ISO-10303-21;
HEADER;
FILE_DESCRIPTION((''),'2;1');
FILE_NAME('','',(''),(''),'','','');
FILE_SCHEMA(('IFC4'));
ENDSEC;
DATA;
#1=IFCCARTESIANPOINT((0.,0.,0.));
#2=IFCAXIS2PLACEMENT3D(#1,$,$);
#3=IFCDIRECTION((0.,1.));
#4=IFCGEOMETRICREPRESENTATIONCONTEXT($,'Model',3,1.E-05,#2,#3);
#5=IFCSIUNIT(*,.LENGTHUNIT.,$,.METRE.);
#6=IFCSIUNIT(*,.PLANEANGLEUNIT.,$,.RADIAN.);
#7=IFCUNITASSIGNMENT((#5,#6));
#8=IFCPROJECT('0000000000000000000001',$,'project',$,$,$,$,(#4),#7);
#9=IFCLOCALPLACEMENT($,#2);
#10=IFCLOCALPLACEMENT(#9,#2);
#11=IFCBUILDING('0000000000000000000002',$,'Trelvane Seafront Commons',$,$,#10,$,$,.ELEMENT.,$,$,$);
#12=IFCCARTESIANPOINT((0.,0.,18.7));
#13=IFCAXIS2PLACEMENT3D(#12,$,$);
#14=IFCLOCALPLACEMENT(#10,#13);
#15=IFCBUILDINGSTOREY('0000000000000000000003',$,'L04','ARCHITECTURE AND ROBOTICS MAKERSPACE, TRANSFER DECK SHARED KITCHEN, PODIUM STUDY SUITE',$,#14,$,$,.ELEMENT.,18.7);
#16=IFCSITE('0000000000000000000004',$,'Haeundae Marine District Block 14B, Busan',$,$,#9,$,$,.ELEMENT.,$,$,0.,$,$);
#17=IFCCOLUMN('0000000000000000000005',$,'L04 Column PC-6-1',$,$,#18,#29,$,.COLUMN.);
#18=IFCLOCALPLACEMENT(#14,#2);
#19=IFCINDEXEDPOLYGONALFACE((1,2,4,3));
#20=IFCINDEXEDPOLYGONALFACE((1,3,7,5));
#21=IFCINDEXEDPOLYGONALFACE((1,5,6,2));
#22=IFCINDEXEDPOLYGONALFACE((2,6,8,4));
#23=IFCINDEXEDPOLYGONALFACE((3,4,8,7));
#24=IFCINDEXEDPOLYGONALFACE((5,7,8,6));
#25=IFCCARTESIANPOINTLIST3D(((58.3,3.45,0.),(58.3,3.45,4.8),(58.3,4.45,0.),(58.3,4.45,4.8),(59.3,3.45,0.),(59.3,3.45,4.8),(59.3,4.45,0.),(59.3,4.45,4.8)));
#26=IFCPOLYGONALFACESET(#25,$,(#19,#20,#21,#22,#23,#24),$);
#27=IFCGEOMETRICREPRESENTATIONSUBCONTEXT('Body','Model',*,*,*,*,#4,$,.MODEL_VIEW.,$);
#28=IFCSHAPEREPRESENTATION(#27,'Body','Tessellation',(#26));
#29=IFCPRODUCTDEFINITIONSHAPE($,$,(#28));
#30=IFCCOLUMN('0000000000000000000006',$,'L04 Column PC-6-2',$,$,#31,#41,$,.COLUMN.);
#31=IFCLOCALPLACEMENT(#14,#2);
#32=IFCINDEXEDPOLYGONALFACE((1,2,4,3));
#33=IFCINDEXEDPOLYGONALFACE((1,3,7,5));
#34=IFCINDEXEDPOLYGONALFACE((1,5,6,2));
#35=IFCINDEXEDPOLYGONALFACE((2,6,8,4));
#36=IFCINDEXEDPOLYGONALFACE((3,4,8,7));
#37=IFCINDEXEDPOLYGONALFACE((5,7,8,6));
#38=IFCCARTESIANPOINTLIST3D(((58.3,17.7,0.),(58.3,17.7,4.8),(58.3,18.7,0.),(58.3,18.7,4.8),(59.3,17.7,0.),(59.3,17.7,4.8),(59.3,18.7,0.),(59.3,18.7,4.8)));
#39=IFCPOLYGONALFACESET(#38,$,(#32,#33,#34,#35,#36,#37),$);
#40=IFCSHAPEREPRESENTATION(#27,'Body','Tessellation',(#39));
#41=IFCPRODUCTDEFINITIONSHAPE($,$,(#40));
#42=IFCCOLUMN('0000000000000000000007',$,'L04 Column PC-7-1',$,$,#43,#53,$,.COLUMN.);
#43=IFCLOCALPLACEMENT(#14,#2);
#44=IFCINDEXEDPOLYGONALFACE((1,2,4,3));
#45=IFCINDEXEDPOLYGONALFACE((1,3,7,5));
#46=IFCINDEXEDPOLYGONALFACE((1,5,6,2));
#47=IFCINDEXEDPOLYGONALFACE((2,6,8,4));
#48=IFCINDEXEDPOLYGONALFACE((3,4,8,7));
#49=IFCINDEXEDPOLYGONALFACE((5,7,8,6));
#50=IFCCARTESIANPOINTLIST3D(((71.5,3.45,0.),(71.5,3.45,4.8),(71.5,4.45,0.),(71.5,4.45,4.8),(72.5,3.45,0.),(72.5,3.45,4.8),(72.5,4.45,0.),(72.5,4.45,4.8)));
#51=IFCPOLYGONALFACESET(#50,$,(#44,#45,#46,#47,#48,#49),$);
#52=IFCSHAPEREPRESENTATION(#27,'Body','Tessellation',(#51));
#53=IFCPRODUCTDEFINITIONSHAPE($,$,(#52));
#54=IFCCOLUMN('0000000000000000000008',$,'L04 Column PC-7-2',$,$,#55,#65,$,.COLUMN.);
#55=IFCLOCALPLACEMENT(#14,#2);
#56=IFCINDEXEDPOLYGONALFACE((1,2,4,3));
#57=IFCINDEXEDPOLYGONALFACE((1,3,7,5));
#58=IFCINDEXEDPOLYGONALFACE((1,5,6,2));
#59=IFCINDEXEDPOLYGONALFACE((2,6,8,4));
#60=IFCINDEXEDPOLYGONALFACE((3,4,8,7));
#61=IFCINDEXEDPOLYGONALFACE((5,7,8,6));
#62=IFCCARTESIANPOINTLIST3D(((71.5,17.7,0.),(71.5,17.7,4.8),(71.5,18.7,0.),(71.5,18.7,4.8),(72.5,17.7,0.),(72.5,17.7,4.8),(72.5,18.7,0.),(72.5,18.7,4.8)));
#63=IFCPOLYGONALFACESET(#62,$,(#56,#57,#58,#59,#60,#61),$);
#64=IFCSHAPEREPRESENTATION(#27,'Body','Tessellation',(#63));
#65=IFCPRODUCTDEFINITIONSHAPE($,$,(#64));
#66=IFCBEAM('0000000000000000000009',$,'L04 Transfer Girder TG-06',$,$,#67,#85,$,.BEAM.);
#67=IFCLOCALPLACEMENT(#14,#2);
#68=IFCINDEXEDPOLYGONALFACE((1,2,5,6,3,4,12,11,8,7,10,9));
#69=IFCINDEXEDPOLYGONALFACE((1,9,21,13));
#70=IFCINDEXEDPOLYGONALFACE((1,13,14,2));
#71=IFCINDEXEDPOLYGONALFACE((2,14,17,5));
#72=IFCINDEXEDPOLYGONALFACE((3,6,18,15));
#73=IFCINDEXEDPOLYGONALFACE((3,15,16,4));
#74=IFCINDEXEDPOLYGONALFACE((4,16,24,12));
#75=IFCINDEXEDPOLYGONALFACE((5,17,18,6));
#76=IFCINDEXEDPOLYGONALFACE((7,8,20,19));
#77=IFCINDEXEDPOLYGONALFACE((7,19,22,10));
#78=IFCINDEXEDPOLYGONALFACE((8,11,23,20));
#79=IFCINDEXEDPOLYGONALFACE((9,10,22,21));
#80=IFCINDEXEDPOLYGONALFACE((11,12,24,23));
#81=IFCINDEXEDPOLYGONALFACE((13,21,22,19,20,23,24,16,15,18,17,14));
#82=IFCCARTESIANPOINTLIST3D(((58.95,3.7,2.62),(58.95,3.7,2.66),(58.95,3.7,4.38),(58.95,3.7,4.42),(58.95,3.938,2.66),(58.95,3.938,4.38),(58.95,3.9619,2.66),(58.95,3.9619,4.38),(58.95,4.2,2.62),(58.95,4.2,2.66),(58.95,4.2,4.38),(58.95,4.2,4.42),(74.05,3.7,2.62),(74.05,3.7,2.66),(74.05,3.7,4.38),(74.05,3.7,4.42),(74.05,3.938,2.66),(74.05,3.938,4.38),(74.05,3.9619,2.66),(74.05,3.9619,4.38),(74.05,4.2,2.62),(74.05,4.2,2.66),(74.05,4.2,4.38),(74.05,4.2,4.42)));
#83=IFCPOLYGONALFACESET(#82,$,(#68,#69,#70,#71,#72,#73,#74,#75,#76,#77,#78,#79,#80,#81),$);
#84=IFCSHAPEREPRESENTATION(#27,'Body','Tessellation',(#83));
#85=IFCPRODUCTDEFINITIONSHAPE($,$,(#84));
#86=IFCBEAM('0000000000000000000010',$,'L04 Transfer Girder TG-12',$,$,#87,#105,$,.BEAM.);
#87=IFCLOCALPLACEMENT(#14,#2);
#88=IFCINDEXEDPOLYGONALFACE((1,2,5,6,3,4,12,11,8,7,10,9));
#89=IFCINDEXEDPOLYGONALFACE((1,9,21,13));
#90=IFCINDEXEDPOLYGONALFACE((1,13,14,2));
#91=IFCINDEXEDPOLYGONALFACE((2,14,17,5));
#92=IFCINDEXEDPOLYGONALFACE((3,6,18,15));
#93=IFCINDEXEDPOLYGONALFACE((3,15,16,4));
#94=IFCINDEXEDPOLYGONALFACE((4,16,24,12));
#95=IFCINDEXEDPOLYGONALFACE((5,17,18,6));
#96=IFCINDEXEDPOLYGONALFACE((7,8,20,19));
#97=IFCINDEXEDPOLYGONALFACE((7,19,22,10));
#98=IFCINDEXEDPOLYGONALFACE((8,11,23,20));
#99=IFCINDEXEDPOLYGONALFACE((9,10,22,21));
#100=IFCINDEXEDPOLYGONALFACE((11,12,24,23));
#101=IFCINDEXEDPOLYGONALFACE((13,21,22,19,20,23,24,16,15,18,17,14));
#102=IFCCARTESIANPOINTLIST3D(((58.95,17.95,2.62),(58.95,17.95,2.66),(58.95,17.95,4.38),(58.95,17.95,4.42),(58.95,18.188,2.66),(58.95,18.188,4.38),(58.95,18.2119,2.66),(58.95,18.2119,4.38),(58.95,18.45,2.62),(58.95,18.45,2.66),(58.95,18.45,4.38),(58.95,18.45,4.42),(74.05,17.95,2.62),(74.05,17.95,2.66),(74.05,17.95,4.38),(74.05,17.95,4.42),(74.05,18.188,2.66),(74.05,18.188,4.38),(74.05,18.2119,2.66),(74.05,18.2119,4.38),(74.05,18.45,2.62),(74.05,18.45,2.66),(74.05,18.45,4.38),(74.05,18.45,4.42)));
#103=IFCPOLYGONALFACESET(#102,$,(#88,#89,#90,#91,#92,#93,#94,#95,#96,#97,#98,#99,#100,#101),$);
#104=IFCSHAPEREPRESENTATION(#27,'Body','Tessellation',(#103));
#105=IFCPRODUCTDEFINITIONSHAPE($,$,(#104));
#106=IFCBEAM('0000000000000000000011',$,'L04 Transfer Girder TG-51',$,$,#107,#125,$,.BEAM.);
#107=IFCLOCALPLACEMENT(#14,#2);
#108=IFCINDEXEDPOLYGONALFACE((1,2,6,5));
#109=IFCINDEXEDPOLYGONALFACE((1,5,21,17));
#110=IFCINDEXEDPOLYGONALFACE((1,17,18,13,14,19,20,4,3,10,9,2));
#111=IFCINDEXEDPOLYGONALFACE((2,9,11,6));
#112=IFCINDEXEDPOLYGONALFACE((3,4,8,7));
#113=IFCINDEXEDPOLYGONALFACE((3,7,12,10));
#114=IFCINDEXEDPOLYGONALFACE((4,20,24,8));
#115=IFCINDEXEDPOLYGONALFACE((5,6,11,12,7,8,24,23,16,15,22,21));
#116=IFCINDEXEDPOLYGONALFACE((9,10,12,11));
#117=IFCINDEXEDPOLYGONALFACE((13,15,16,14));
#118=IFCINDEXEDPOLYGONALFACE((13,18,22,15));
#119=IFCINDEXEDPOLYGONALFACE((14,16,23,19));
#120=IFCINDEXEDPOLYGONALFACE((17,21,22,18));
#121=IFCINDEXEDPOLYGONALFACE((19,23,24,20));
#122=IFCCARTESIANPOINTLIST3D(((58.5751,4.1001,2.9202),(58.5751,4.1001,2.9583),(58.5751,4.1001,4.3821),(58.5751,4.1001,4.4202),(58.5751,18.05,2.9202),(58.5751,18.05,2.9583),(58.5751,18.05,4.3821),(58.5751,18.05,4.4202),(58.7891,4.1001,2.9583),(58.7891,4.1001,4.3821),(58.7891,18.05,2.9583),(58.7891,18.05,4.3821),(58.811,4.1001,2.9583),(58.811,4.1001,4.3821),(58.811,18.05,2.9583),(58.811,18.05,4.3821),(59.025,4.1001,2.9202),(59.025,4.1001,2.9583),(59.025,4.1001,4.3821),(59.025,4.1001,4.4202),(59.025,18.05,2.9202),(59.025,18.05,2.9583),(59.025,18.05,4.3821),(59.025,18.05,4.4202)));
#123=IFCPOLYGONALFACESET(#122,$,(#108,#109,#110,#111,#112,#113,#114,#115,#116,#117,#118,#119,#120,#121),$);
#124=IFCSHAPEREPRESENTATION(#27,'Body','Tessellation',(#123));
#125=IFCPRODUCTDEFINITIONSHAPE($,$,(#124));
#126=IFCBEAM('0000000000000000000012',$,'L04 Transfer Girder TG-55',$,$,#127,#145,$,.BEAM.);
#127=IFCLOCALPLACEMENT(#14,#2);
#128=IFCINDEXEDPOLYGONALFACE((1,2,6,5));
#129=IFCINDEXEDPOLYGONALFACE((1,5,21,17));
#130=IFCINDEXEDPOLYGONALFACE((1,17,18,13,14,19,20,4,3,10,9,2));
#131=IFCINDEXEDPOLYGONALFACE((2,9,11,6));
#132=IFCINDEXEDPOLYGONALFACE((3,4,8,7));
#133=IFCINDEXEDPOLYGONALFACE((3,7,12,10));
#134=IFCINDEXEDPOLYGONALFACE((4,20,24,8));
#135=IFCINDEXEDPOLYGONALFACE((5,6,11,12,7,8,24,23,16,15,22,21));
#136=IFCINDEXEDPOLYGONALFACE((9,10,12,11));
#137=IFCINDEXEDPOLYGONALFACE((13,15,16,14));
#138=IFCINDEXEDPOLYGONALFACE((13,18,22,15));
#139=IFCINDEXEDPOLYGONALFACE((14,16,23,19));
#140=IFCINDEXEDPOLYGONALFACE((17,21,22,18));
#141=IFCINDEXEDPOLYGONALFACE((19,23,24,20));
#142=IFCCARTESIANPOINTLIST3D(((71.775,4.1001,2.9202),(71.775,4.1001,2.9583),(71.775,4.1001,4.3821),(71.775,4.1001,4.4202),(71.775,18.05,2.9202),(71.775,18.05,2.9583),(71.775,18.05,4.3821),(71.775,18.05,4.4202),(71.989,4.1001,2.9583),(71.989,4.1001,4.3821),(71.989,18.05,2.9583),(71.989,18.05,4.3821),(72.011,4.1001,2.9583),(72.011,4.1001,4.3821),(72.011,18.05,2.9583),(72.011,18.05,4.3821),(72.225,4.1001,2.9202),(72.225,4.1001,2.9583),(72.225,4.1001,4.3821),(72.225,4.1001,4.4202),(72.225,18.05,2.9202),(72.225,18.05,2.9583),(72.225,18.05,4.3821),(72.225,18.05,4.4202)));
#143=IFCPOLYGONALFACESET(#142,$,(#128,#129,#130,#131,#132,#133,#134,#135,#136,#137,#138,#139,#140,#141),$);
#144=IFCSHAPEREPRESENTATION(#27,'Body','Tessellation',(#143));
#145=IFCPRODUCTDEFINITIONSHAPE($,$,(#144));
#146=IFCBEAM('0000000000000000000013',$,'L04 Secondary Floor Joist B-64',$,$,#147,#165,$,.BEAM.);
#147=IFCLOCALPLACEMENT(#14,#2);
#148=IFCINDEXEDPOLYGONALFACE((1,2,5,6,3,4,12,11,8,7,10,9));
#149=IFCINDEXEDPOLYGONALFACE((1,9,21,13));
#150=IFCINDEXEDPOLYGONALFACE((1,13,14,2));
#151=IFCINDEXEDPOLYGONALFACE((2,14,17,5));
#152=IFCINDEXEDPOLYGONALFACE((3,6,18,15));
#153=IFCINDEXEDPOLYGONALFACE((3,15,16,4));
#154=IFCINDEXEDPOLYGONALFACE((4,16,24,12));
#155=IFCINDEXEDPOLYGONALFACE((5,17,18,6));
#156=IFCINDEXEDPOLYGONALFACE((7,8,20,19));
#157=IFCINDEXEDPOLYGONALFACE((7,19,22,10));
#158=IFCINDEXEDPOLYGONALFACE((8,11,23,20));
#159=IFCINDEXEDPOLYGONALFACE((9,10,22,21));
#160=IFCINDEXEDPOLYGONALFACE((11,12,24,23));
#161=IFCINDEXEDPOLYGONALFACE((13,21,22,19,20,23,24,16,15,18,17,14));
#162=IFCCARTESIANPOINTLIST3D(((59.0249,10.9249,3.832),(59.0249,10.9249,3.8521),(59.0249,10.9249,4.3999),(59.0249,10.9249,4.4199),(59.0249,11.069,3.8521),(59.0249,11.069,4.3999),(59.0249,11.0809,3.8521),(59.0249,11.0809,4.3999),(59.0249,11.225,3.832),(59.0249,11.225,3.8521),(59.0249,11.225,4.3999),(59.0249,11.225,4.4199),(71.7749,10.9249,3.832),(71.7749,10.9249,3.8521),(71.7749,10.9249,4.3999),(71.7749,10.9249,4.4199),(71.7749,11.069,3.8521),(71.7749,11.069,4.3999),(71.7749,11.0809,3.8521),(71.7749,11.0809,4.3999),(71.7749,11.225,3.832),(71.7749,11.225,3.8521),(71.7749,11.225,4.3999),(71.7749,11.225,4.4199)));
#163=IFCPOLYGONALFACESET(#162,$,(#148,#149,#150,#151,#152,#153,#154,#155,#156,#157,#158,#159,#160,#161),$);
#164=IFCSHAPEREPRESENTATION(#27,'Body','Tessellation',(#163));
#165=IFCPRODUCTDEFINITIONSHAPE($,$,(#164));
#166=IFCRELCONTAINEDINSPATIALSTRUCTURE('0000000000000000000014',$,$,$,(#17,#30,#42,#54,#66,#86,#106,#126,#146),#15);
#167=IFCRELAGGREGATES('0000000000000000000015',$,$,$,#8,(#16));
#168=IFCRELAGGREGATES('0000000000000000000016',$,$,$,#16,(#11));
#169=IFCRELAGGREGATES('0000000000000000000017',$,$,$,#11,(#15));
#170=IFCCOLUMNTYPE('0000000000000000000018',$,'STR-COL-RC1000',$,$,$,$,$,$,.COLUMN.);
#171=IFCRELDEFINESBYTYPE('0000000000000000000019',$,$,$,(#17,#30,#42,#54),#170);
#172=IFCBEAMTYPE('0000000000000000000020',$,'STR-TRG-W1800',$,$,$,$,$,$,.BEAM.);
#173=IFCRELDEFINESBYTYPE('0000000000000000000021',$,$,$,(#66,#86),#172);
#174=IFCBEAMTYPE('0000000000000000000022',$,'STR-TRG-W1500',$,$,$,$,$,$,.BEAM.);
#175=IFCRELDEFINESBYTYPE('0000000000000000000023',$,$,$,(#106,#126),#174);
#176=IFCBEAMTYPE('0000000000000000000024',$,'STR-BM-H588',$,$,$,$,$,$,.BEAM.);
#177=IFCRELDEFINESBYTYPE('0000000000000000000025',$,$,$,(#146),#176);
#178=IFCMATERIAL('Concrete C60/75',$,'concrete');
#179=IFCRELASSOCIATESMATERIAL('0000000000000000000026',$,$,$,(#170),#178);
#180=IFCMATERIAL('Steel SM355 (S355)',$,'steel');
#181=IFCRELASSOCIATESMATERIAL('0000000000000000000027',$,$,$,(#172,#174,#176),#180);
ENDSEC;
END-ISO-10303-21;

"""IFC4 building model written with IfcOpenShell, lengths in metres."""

from ifc_helpers import new_model, si_unit, direction, frame, origin, origin_2d, place, context, subcontext, project, spatial, rectangle, i_section, extrude, source, transform, mapped, material, material_profile, profile_set, type_object, element, save


model = new_model("IFC4")

# Units and contexts
model_context = context("Model", 3, precision=1e-05, world=origin(), true_north=direction((0.0, 1.0)))
body_context = subcontext(model_context, "Body", "Model", "MODEL_VIEW")
ifc_project = project(units=[si_unit("LENGTHUNIT", "METRE"), si_unit("PLANEANGLEUNIT", "RADIAN")], contexts=[model_context])

# Site, building, storey
site_placement = place(None, origin())
site = spatial("IfcSite", under=ifc_project, at=site_placement, Name="Haeundae Marine District Block 14B, Busan", CompositionType="ELEMENT", RefElevation=0.0)
building_placement = place(site_placement, origin())
building = spatial("IfcBuilding", under=site, at=building_placement, Name="Trelvane Seafront Commons", CompositionType="ELEMENT")
storey_placement = place(building_placement, frame((0.0, 0.0, 18.7)))
storey = spatial("IfcBuildingStorey", under=building, at=storey_placement, Name="L04", Description="ARCHITECTURE AND ROBOTICS MAKERSPACE, TRANSFER DECK SHARED KITCHEN, PODIUM STUDY SUITE", CompositionType="ELEMENT", Elevation=18.7)

# Columns
ifc_material_1 = material(Name="Concrete C60/75", Category="concrete")
ifc_material_profile_1 = material_profile(ifc_material_1, rectangle(XDim=1.0, YDim=1.0, at=origin_2d()), Name="RC-1000x1000")
ifc_profile_set_1 = profile_set([ifc_material_profile_1], Name="Concrete C60/75")
column_type = type_object("IfcColumnType", Name="STR-COL-RC1000", PredefinedType="COLUMN", material=ifc_profile_set_1)
shared_shape_1 = source(origin(), body_context, "Body", "SweptSolid", [
    extrude(rectangle(XDim=1.0, YDim=1.0, at=origin_2d()), origin(), (0.0, 0.0, 1.0), 4.8),
])
for number, where, z_axis, x_axis, name in (
    (1, (58.8, 3.95, 0.0), (0.0, 0.0, 1.0), (1.0, 0.0, 0.0), "L04 Column PC-6-1"),
    (2, (58.8, 18.2, 0.0), (0.0, 0.0, 1.0), (1.0, 0.0, 0.0), "L04 Column PC-6-2"),
    (3, (72.0, 3.95, 0.0), (0.0, 0.0, 1.0), (1.0, 0.0, 0.0), "L04 Column PC-7-1"),
    (4, (72.0, 18.2, 0.0), (0.0, 0.0, 1.0), (1.0, 0.0, 0.0), "L04 Column PC-7-2"),
):
    element("IfcColumn", number, at=place(storey_placement, frame(where, z_axis=z_axis, x_axis=x_axis)), inside=storey, type_object=column_type, Name=name, PredefinedType="COLUMN", context=body_context, shape_type="MappedRepresentation", body=[
        mapped(shared_shape_1, transform((0.0, 0.0, 0.0), x_axis=(1.0, 0.0, 0.0), y_axis=(0.0, 1.0, 0.0), z_axis=(0.0, 0.0, 1.0), scale=1.0)),
    ])

# Beams
ifc_material_2 = material(Name="Steel SM355 (S355)", Category="steel")
ifc_material_profile_2 = material_profile(ifc_material_2, i_section(OverallWidth=0.5, OverallDepth=1.8, WebThickness=0.0239, FlangeThickness=0.04, at=origin_2d()), Name="W-1800x500x24x40")
ifc_profile_set_2 = profile_set([ifc_material_profile_2], Name="Steel SM355 (S355)")
beam_type_1 = type_object("IfcBeamType", Name="STR-TRG-W1800", PredefinedType="BEAM", material=ifc_profile_set_2)
shared_shape_2 = source(origin(), body_context, "Body", "SweptSolid", [
    extrude(i_section(OverallWidth=0.5, OverallDepth=1.8, WebThickness=0.0239, FlangeThickness=0.04, at=origin_2d()), origin(), (0.0, 0.0, 1.0), 15.1001),
])
for number, where, z_axis, x_axis, name in (
    (5, (58.95, 3.95, 3.52), (1.0, 0.0, 0.0), (0.0, 1.0, 0.0), "L04 Transfer Girder TG-06"),
    (6, (58.95, 18.2, 3.52), (1.0, 0.0, 0.0), (0.0, 1.0, 0.0), "L04 Transfer Girder TG-12"),
):
    element("IfcBeam", number, at=place(storey_placement, frame(where, z_axis=z_axis, x_axis=x_axis)), inside=storey, type_object=beam_type_1, Name=name, PredefinedType="BEAM", context=body_context, shape_type="MappedRepresentation", body=[
        mapped(shared_shape_2, transform((0.0, 0.0, 0.0), x_axis=(1.0, 0.0, 0.0), y_axis=(0.0, 1.0, 0.0), z_axis=(0.0, 0.0, 1.0), scale=1.0)),
    ])
ifc_material_profile_3 = material_profile(ifc_material_2, i_section(OverallWidth=0.45, OverallDepth=1.5, WebThickness=0.022, FlangeThickness=0.0381, at=origin_2d()), Name="W-1500x450x22x38")
ifc_profile_set_3 = profile_set([ifc_material_profile_3], Name="Steel SM355 (S355)")
beam_type_2 = type_object("IfcBeamType", Name="STR-TRG-W1500", PredefinedType="BEAM", material=ifc_profile_set_3)
shared_shape_3 = source(origin(), body_context, "Body", "SweptSolid", [
    extrude(i_section(OverallWidth=0.45, OverallDepth=1.5, WebThickness=0.022, FlangeThickness=0.0381, at=origin_2d()), origin(), (0.0, 0.0, 1.0), 13.95),
])
for number, where, z_axis, x_axis, name in (
    (7, (58.8, 4.1001, 3.6702), (0.0, 1.0, 0.0), (-1.0, 0.0, 0.0), "L04 Transfer Girder TG-51"),
    (8, (72.0, 4.1001, 3.6702), (0.0, 1.0, 0.0), (-1.0, 0.0, 0.0), "L04 Transfer Girder TG-55"),
):
    element("IfcBeam", number, at=place(storey_placement, frame(where, z_axis=z_axis, x_axis=x_axis)), inside=storey, type_object=beam_type_2, Name=name, PredefinedType="BEAM", context=body_context, shape_type="MappedRepresentation", body=[
        mapped(shared_shape_3, transform((0.0, 0.0, 0.0), x_axis=(1.0, 0.0, 0.0), y_axis=(0.0, 1.0, 0.0), z_axis=(0.0, 0.0, 1.0), scale=1.0)),
    ])
ifc_material_profile_4 = material_profile(ifc_material_2, i_section(OverallWidth=0.3, OverallDepth=0.5879, WebThickness=0.012, FlangeThickness=0.02, at=origin_2d()), Name="H-588x300x12x20")
ifc_profile_set_4 = profile_set([ifc_material_profile_4], Name="Steel SM355 (S355)")
beam_type_3 = type_object("IfcBeamType", Name="STR-BM-H588", PredefinedType="BEAM", material=ifc_profile_set_4)
shared_shape_4 = source(origin(), body_context, "Body", "SweptSolid", [
    extrude(i_section(OverallWidth=0.3, OverallDepth=0.5879, WebThickness=0.012, FlangeThickness=0.02, at=origin_2d()), origin(), (0.0, 0.0, 1.0), 12.75),
])
beam_placement = place(storey_placement, frame((59.0249, 11.075, 4.126), z_axis=(1.0, 0.0, 0.0), x_axis=(0.0, 1.0, 0.0)))
element("IfcBeam", 9, at=beam_placement, inside=storey, type_object=beam_type_3, Name="L04 Secondary Floor Joist B-64", PredefinedType="BEAM", context=body_context, shape_type="MappedRepresentation", body=[
    mapped(shared_shape_4, transform((0.0, 0.0, 0.0), x_axis=(1.0, 0.0, 0.0), y_axis=(0.0, 1.0, 0.0), z_axis=(0.0, 0.0, 1.0), scale=1.0)),
])

save(model, "model.ifc")
